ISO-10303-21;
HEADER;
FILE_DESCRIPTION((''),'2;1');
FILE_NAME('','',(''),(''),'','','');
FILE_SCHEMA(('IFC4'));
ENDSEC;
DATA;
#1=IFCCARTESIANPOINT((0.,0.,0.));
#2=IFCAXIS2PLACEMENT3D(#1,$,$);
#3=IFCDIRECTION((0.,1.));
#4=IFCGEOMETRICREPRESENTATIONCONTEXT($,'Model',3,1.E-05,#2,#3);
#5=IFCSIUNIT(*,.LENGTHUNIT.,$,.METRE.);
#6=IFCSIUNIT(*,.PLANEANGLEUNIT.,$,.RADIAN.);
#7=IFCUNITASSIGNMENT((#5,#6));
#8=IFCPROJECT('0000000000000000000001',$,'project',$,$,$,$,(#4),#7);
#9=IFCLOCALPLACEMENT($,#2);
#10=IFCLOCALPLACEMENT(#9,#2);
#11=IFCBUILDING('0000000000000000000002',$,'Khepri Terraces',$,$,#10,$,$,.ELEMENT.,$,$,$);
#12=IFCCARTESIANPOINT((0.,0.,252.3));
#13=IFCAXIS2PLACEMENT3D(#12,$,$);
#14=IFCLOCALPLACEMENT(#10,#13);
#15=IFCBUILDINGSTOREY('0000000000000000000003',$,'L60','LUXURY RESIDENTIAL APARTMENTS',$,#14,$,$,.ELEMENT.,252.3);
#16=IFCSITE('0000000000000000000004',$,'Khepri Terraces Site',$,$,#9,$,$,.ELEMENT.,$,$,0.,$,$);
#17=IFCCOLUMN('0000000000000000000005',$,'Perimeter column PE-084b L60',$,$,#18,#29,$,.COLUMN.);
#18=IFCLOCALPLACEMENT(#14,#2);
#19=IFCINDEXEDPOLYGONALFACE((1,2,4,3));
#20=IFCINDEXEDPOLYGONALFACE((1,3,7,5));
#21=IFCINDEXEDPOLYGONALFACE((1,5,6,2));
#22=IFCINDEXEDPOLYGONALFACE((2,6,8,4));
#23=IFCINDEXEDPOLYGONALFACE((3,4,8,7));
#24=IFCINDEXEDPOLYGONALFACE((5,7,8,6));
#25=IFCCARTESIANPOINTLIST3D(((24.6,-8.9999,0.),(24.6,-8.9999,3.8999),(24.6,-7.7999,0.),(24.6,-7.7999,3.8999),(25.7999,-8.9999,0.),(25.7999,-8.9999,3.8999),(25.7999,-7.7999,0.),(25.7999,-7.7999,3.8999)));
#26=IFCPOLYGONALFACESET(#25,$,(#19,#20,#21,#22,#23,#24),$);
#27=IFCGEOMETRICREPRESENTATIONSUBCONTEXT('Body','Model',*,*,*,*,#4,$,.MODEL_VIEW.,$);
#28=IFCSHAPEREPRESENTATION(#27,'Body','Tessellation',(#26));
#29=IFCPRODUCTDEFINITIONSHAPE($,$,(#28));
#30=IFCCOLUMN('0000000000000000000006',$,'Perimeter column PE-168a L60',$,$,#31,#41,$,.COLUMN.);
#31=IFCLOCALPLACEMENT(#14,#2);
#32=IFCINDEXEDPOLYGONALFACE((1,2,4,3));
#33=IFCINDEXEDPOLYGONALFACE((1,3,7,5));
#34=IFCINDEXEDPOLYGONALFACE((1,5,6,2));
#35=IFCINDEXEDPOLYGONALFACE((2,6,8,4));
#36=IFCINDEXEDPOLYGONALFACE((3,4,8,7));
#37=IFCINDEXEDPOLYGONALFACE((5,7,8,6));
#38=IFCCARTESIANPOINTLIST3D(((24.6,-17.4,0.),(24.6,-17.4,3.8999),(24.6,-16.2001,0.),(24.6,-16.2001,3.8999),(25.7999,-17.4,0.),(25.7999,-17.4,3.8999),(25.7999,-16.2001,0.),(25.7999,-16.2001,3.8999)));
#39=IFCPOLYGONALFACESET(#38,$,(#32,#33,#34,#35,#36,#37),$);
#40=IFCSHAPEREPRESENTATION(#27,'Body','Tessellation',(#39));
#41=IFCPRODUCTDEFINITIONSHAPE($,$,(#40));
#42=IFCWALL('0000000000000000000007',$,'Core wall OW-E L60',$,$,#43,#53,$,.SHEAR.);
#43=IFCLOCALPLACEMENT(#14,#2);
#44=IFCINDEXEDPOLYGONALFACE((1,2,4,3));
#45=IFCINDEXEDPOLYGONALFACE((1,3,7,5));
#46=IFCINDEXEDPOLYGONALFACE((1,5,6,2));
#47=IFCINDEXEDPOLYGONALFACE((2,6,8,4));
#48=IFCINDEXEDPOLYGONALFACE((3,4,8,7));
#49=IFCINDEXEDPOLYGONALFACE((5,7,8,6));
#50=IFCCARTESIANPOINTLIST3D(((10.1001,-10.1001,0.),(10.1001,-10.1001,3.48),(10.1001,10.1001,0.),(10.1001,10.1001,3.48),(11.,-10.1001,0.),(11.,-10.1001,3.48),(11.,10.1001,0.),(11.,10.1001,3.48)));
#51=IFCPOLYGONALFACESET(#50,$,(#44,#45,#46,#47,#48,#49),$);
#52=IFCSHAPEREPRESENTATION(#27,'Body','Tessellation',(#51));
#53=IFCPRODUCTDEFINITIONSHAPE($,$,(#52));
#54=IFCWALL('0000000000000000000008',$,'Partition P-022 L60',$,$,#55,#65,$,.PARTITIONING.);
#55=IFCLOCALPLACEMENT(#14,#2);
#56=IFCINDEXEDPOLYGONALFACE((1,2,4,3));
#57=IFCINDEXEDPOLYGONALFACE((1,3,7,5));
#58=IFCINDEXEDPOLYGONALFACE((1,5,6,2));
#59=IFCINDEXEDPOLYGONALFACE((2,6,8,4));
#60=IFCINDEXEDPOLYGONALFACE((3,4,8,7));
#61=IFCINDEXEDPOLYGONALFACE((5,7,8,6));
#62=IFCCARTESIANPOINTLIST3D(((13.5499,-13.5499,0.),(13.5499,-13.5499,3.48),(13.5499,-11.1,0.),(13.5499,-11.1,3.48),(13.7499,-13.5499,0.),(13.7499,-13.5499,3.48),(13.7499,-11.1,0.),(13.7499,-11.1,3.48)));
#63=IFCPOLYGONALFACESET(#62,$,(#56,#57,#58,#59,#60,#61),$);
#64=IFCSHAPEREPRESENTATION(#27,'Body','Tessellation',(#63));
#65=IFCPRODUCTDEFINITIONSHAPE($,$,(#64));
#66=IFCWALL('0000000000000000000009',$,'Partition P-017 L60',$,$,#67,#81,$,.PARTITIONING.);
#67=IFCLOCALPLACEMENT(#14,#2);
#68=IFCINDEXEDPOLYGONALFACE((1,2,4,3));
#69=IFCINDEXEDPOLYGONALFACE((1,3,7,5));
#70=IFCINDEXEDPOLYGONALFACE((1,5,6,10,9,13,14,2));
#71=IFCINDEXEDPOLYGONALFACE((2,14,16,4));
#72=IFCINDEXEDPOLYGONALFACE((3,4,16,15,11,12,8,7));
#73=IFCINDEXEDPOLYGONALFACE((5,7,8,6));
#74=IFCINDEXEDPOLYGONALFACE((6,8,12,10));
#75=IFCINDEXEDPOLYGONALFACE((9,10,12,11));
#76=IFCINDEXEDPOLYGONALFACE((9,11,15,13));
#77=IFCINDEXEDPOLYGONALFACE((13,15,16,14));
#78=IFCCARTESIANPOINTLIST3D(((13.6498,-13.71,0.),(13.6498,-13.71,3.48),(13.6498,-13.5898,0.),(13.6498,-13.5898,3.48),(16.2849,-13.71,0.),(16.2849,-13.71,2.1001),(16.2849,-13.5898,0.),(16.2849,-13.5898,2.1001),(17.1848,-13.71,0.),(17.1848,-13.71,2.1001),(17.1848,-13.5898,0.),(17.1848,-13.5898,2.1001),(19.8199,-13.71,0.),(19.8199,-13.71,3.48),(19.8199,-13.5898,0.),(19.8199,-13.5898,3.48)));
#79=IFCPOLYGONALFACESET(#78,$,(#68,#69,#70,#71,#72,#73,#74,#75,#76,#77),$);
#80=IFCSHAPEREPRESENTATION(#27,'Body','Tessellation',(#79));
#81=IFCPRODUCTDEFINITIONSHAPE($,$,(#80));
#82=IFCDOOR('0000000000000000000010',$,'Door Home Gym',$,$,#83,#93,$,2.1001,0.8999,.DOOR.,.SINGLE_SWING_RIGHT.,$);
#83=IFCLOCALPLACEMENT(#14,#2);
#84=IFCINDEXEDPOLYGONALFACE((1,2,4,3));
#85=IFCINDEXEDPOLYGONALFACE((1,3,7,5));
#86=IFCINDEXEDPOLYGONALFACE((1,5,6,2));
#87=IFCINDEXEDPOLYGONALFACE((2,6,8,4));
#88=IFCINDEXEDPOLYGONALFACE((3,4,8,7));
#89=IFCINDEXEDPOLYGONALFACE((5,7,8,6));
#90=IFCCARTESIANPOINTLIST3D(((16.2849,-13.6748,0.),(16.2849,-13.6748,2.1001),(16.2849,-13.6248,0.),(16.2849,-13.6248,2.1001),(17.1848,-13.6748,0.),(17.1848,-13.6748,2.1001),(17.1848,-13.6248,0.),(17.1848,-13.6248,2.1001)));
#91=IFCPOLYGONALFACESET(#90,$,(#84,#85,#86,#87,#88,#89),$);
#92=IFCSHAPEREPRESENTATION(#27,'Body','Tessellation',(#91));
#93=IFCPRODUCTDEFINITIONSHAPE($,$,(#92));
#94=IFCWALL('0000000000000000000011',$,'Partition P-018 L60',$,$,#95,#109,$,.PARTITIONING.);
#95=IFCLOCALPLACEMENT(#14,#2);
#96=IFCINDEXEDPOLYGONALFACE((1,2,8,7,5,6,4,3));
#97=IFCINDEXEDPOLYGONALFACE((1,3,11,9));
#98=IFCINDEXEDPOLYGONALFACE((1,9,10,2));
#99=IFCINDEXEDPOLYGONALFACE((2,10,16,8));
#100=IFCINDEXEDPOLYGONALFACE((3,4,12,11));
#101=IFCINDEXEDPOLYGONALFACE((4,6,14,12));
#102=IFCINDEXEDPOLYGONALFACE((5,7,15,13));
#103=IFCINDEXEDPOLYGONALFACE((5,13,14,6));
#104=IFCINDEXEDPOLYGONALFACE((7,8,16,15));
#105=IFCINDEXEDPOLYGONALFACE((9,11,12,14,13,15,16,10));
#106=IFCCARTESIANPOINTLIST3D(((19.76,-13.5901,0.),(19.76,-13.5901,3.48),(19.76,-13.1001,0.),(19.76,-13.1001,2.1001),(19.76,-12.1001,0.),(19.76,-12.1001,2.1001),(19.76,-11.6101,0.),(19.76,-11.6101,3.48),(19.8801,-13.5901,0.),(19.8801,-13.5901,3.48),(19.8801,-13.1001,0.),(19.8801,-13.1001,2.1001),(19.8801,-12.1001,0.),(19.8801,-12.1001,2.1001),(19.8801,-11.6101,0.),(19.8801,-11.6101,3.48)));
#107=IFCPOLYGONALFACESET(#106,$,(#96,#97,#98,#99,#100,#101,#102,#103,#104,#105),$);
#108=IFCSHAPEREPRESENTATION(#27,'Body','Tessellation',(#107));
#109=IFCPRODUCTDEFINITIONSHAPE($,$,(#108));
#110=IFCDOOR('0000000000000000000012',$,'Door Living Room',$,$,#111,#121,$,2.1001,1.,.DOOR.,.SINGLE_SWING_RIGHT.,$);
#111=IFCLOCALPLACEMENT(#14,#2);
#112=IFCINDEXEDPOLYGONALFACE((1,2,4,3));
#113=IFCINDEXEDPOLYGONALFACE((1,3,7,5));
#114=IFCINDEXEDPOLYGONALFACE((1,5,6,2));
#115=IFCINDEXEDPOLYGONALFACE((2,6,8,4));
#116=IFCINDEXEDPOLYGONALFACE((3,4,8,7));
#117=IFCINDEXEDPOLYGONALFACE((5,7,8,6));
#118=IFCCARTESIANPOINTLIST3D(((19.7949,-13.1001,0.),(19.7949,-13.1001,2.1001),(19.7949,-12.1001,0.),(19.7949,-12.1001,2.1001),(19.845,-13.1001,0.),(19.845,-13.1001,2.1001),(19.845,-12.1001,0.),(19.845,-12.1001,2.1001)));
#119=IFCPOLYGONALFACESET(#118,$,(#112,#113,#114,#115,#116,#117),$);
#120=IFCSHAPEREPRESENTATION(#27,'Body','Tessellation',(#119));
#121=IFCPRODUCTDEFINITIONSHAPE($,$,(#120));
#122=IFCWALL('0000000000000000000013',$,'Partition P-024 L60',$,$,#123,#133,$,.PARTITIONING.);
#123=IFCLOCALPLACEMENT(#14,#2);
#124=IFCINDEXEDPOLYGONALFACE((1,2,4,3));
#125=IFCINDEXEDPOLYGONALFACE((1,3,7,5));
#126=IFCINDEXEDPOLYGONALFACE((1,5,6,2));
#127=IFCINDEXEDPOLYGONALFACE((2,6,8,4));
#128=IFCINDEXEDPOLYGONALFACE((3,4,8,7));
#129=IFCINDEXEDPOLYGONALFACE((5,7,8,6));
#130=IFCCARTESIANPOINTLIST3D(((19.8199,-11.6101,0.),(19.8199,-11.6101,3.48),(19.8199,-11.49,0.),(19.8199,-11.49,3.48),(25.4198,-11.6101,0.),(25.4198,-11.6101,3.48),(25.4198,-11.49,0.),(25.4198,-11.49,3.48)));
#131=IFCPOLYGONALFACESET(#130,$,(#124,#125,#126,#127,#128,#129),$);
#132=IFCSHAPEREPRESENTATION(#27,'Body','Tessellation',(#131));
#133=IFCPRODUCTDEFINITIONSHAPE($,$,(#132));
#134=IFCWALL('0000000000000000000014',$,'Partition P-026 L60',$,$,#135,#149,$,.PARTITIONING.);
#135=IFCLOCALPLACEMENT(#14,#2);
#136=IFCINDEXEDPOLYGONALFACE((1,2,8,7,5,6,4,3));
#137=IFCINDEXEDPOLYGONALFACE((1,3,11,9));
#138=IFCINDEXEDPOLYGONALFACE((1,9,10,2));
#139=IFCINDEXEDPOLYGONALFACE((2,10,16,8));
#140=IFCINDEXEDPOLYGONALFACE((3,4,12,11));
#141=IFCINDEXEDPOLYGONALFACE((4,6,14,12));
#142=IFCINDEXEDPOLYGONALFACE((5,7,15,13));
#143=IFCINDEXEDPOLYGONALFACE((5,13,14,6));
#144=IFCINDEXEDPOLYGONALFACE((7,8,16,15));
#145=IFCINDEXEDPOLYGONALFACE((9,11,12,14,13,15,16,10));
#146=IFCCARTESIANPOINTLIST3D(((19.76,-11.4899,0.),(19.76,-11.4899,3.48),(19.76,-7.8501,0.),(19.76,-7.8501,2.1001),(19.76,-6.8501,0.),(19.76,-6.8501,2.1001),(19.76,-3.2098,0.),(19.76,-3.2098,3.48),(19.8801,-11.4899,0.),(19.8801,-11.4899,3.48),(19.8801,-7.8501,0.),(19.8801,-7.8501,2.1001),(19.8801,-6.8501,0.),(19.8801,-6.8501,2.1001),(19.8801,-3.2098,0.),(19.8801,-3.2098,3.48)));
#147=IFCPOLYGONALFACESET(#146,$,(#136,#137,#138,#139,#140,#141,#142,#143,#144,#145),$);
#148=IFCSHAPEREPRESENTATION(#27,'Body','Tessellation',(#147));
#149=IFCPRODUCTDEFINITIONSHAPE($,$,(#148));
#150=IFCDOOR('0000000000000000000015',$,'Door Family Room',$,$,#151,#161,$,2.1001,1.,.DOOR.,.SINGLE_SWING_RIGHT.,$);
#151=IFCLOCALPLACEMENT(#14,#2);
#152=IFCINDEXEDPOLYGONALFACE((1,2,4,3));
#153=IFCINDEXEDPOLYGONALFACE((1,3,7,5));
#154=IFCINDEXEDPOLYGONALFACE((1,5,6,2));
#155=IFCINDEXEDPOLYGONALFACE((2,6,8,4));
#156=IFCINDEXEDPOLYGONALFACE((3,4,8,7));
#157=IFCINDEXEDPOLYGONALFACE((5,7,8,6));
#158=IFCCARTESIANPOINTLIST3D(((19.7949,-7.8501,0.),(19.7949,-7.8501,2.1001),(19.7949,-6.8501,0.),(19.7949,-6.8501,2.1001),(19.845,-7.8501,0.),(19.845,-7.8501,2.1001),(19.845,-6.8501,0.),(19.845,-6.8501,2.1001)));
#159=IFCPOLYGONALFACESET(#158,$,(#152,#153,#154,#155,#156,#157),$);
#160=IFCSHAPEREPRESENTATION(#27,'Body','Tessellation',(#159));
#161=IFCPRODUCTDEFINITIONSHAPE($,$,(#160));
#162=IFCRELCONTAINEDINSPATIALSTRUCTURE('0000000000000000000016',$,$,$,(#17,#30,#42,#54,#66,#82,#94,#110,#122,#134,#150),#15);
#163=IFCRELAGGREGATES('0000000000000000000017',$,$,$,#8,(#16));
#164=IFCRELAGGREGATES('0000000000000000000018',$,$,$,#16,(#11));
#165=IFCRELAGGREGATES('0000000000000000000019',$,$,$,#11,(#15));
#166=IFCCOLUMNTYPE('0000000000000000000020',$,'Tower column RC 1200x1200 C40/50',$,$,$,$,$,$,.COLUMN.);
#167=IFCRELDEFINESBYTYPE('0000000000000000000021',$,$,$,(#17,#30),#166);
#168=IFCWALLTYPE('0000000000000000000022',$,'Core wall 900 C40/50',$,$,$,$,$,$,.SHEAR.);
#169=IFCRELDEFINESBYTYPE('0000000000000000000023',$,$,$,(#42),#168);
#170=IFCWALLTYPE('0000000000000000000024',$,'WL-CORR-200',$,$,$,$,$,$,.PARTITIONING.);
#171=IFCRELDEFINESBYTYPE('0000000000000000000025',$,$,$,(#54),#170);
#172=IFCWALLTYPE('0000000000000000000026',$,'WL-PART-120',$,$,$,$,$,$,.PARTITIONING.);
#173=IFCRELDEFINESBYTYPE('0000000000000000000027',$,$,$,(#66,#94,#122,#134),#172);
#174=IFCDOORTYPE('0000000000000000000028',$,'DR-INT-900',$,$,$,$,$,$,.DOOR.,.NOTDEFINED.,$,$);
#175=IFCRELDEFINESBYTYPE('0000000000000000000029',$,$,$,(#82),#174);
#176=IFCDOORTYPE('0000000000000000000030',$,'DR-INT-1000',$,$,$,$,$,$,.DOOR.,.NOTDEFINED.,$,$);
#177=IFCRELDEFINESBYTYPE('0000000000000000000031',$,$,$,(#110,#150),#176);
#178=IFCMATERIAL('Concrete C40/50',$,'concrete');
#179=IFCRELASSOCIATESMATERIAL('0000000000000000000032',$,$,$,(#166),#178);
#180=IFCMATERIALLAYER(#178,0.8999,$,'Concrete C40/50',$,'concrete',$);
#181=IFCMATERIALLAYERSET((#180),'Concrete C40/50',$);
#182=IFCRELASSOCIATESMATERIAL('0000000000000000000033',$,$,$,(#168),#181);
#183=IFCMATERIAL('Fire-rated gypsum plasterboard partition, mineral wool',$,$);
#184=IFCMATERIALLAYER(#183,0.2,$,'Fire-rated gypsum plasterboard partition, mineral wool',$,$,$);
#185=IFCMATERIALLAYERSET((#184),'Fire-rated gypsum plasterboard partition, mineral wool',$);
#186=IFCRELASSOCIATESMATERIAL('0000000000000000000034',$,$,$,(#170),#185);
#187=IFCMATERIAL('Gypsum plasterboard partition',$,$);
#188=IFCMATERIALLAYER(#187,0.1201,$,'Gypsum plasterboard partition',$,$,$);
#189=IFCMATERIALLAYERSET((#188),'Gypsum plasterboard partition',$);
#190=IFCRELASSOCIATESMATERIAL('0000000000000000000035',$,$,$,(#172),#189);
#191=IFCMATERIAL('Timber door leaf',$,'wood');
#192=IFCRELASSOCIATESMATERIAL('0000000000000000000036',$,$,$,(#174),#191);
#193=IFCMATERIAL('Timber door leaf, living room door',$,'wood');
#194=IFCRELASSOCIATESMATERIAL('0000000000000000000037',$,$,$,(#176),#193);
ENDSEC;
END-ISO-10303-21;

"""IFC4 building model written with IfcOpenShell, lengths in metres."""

from ifc_helpers import new_model, si_unit, direction, frame, frame_2d, origin, origin_2d, place, context, subcontext, project, spatial, rectangle, extrude, material, layer, layer_set, material_profile, profile_set, type_object, element, fill, save


model = new_model("IFC4")

# Units and contexts
model_context = context("Model", 3, precision=1e-05, world=origin(), true_north=direction((0.0, 1.0)))
body_context = subcontext(model_context, "Body", "Model", "MODEL_VIEW")
ifc_project = project(units=[si_unit("LENGTHUNIT", "METRE"), si_unit("PLANEANGLEUNIT", "RADIAN")], contexts=[model_context])

# Site, building, storey
site_placement = place(None, origin())
site = spatial("IfcSite", under=ifc_project, at=site_placement, Name="Khepri Terraces Site", CompositionType="ELEMENT", RefElevation=0.0)
building_placement = place(site_placement, origin())
building = spatial("IfcBuilding", under=site, at=building_placement, Name="Khepri Terraces", CompositionType="ELEMENT")
storey_placement = place(building_placement, frame((0.0, 0.0, 252.3)))
storey = spatial("IfcBuildingStorey", under=building, at=storey_placement, Name="L60", Description="LUXURY RESIDENTIAL APARTMENTS", CompositionType="ELEMENT", Elevation=252.3)

# Columns
ifc_material_1 = material(Name="Concrete C40/50", Category="concrete")
ifc_material_profile = material_profile(ifc_material_1, rectangle(XDim=1.2, YDim=1.2, at=origin_2d()), Name="Concrete C40/50", Category="concrete")
ifc_profile_set = profile_set([ifc_material_profile], Name="Concrete C40/50")
column_type = type_object("IfcColumnType", Name="Tower column RC 1200x1200 C40/50", PredefinedType="COLUMN", material=ifc_profile_set)
for number, where, z_axis, x_axis, name in (
    (1, (25.2, -8.3999, 0.0), (0.0, 0.0, 1.0), (1.0, 0.0, 0.0), "Perimeter column PE-084b L60"),
    (2, (25.2, -16.8, 0.0), (0.0, 0.0, 1.0), (1.0, 0.0, 0.0), "Perimeter column PE-168a L60"),
):
    element("IfcColumn", number, at=place(storey_placement, frame(where, z_axis=z_axis, x_axis=x_axis)), inside=storey, type_object=column_type, Name=name, PredefinedType="COLUMN", context=body_context, shape_type="SweptSolid", body=[
        extrude(rectangle(XDim=1.2, YDim=1.2, at=origin_2d()), origin(), (0.0, 0.0, 1.0), 3.8999),
    ])

# Walls
ifc_layer_1 = layer(ifc_material_1, 0.8999, Name="Concrete C40/50", Category="concrete")
ifc_layer_set_1 = layer_set([ifc_layer_1], Name="Concrete C40/50")
wall_type_1 = type_object("IfcWallType", Name="Core wall 900 C40/50", PredefinedType="SHEAR", material=ifc_layer_set_1)
wall_1_placement = place(storey_placement, frame((10.55, -10.1001, 0.0), z_axis=(0.0, 0.0, 1.0), x_axis=(0.0, 1.0, 0.0)))
element("IfcWall", 3, at=wall_1_placement, inside=storey, type_object=wall_type_1, Name="Core wall OW-E L60", PredefinedType="SHEAR", context=body_context, shape_type="SweptSolid", body=[
    extrude(rectangle(XDim=20.2002, YDim=0.8999, at=frame_2d((10.1001, 0.0))), origin(), (0.0, 0.0, 1.0), 3.48),
])
ifc_material_2 = material(Name="Fire-rated gypsum plasterboard partition, mineral wool")
ifc_layer_2 = layer(ifc_material_2, 0.2, Name="Fire-rated gypsum plasterboard partition, mineral wool")
ifc_layer_set_2 = layer_set([ifc_layer_2], Name="Fire-rated gypsum plasterboard partition, mineral wool")
wall_type_2 = type_object("IfcWallType", Name="WL-CORR-200", PredefinedType="PARTITIONING", material=ifc_layer_set_2)
wall_2_placement = place(storey_placement, frame((13.6499, -13.55, 0.0), z_axis=(0.0, 0.0, 1.0), x_axis=(0.0, 1.0, 0.0)))
element("IfcWall", 4, at=wall_2_placement, inside=storey, type_object=wall_type_2, Name="Partition P-022 L60", PredefinedType="PARTITIONING", context=body_context, shape_type="SweptSolid", body=[
    extrude(rectangle(XDim=2.45, YDim=0.2, at=frame_2d((1.2251, 0.0))), origin(), (0.0, 0.0, 1.0), 3.48),
])

# Walls, openings, doors
ifc_material_3 = material(Name="Gypsum plasterboard partition")
ifc_layer_3 = layer(ifc_material_3, 0.1201, Name="Gypsum plasterboard partition")
ifc_layer_set_3 = layer_set([ifc_layer_3], Name="Gypsum plasterboard partition")
wall_type_3 = type_object("IfcWallType", Name="WL-PART-120", PredefinedType="PARTITIONING", material=ifc_layer_set_3)
wall_3_placement = place(storey_placement, frame((13.6499, -13.6499, 0.0), z_axis=(0.0, 0.0, 1.0), x_axis=(1.0, 0.0, 0.0)))
wall_3 = element("IfcWall", 5, at=wall_3_placement, inside=storey, type_object=wall_type_3, Name="Partition P-017 L60", PredefinedType="PARTITIONING", context=body_context, shape_type="SweptSolid", body=[
    extrude(rectangle(XDim=6.1702, YDim=0.1201, at=frame_2d((3.085, 0.0))), origin(), (0.0, 0.0, 1.0), 3.48),
])
opening_1_placement = place(wall_3_placement, frame((2.635, 0.0, 0.0)))
opening_1 = element("IfcOpeningElement", 6, at=opening_1_placement, cuts=wall_3, PredefinedType="OPENING", context=body_context, shape_type="SweptSolid", body=[
    extrude(rectangle(XDim=0.8999, YDim=2.1001, at=frame_2d((0.45, 1.05))), frame((0.0, 0.0701, 0.0), z_axis=(0.0, -1.0, 0.0), x_axis=(1.0, 0.0, 0.0)), (0.0, 0.0, 1.0), 0.1401),
])
ifc_material_4 = material(Name="Timber door leaf", Category="wood")
door_type_1 = type_object("IfcDoorType", Name="DR-INT-900", OperationType="NOTDEFINED", PredefinedType="DOOR", material=ifc_material_4)
door_1_placement = place(opening_1_placement, frame((0.8999, 0.0, 0.0), z_axis=(0.0, 0.0, 1.0), x_axis=(-1.0, 0.0, 0.0)))
door_1 = element("IfcDoor", 7, at=door_1_placement, inside=storey, type_object=door_type_1, Name="Door Home Gym", OperationType="SINGLE_SWING_RIGHT", OverallHeight=2.1001, OverallWidth=0.8999, PredefinedType="DOOR", context=body_context, shape_type="SweptSolid", body=[
    extrude(rectangle(XDim=0.8999, YDim=2.1001, at=frame_2d((0.45, 1.05))), frame((0.0, 0.0249, 0.0), z_axis=(0.0, -1.0, 0.0), x_axis=(1.0, 0.0, 0.0)), (0.0, 0.0, 1.0), 0.05),
])
fill(opening_1, door_1)
wall_4_placement = place(storey_placement, frame((19.8201, -13.5901, 0.0), z_axis=(0.0, 0.0, 1.0), x_axis=(0.0, 1.0, 0.0)))
wall_4 = element("IfcWall", 8, at=wall_4_placement, inside=storey, type_object=wall_type_3, Name="Partition P-018 L60", PredefinedType="PARTITIONING", context=body_context, shape_type="SweptSolid", body=[
    extrude(rectangle(XDim=1.98, YDim=0.1201, at=frame_2d((0.99, 0.0))), origin(), (0.0, 0.0, 1.0), 3.48),
])
opening_2_placement = place(wall_4_placement, frame((0.49, 0.0, 0.0)))
opening_2 = element("IfcOpeningElement", 9, at=opening_2_placement, cuts=wall_4, PredefinedType="OPENING", context=body_context, shape_type="SweptSolid", body=[
    extrude(rectangle(XDim=1.0, YDim=2.1001, at=frame_2d((0.5, 1.05))), frame((0.0, 0.0701, 0.0), z_axis=(0.0, -1.0, 0.0), x_axis=(1.0, 0.0, 0.0)), (0.0, 0.0, 1.0), 0.1401),
])
ifc_material_5 = material(Name="Timber door leaf, living room door", Category="wood")
door_type_2 = type_object("IfcDoorType", Name="DR-INT-1000", OperationType="NOTDEFINED", PredefinedType="DOOR", material=ifc_material_5)
door_2_placement = place(opening_2_placement, frame((1.0, 0.0, 0.0), z_axis=(0.0, 0.0, 1.0), x_axis=(-1.0, 0.0, 0.0)))
door_2 = element("IfcDoor", 10, at=door_2_placement, inside=storey, type_object=door_type_2, Name="Door Living Room", OperationType="SINGLE_SWING_RIGHT", OverallHeight=2.1001, OverallWidth=1.0, PredefinedType="DOOR", context=body_context, shape_type="SweptSolid", body=[
    extrude(rectangle(XDim=1.0, YDim=2.1001, at=frame_2d((0.5, 1.05))), frame((0.0, 0.0249, 0.0), z_axis=(0.0, -1.0, 0.0), x_axis=(1.0, 0.0, 0.0)), (0.0, 0.0, 1.0), 0.05),
])
fill(opening_2, door_2)

# Wall
wall_5_placement = place(storey_placement, frame((19.8201, -11.55, 0.0), z_axis=(0.0, 0.0, 1.0), x_axis=(1.0, 0.0, 0.0)))
element("IfcWall", 11, at=wall_5_placement, inside=storey, type_object=wall_type_3, Name="Partition P-024 L60", PredefinedType="PARTITIONING", context=body_context, shape_type="SweptSolid", body=[
    extrude(rectangle(XDim=5.5999, YDim=0.1201, at=frame_2d((2.7998, 0.0))), origin(), (0.0, 0.0, 1.0), 3.48),
])

# Wall, opening, door
wall_6_placement = place(storey_placement, frame((19.8201, -11.49, 0.0), z_axis=(0.0, 0.0, 1.0), x_axis=(0.0, 1.0, 0.0)))
wall_6 = element("IfcWall", 12, at=wall_6_placement, inside=storey, type_object=wall_type_3, Name="Partition P-026 L60", PredefinedType="PARTITIONING", context=body_context, shape_type="SweptSolid", body=[
    extrude(rectangle(XDim=8.28, YDim=0.1201, at=frame_2d((4.1401, 0.0))), origin(), (0.0, 0.0, 1.0), 3.48),
])
opening_3_placement = place(wall_6_placement, frame((3.6399, 0.0, 0.0)))
opening_3 = element("IfcOpeningElement", 13, at=opening_3_placement, cuts=wall_6, PredefinedType="OPENING", context=body_context, shape_type="SweptSolid", body=[
    extrude(rectangle(XDim=1.0, YDim=2.1001, at=frame_2d((0.5, 1.05))), frame((0.0, 0.0701, 0.0), z_axis=(0.0, -1.0, 0.0), x_axis=(1.0, 0.0, 0.0)), (0.0, 0.0, 1.0), 0.1401),
])
door_3_placement = place(opening_3_placement, frame((1.0, 0.0, 0.0), z_axis=(0.0, 0.0, 1.0), x_axis=(-1.0, 0.0, 0.0)))
door_3 = element("IfcDoor", 14, at=door_3_placement, inside=storey, type_object=door_type_2, Name="Door Family Room", OperationType="SINGLE_SWING_RIGHT", OverallHeight=2.1001, OverallWidth=1.0, PredefinedType="DOOR", context=body_context, shape_type="SweptSolid", body=[
    extrude(rectangle(XDim=1.0, YDim=2.1001, at=frame_2d((0.5, 1.05))), frame((0.0, 0.0249, 0.0), z_axis=(0.0, -1.0, 0.0), x_axis=(1.0, 0.0, 0.0)), (0.0, 0.0, 1.0), 0.05),
])
fill(opening_3, door_3)

save(model, "model.ifc")
